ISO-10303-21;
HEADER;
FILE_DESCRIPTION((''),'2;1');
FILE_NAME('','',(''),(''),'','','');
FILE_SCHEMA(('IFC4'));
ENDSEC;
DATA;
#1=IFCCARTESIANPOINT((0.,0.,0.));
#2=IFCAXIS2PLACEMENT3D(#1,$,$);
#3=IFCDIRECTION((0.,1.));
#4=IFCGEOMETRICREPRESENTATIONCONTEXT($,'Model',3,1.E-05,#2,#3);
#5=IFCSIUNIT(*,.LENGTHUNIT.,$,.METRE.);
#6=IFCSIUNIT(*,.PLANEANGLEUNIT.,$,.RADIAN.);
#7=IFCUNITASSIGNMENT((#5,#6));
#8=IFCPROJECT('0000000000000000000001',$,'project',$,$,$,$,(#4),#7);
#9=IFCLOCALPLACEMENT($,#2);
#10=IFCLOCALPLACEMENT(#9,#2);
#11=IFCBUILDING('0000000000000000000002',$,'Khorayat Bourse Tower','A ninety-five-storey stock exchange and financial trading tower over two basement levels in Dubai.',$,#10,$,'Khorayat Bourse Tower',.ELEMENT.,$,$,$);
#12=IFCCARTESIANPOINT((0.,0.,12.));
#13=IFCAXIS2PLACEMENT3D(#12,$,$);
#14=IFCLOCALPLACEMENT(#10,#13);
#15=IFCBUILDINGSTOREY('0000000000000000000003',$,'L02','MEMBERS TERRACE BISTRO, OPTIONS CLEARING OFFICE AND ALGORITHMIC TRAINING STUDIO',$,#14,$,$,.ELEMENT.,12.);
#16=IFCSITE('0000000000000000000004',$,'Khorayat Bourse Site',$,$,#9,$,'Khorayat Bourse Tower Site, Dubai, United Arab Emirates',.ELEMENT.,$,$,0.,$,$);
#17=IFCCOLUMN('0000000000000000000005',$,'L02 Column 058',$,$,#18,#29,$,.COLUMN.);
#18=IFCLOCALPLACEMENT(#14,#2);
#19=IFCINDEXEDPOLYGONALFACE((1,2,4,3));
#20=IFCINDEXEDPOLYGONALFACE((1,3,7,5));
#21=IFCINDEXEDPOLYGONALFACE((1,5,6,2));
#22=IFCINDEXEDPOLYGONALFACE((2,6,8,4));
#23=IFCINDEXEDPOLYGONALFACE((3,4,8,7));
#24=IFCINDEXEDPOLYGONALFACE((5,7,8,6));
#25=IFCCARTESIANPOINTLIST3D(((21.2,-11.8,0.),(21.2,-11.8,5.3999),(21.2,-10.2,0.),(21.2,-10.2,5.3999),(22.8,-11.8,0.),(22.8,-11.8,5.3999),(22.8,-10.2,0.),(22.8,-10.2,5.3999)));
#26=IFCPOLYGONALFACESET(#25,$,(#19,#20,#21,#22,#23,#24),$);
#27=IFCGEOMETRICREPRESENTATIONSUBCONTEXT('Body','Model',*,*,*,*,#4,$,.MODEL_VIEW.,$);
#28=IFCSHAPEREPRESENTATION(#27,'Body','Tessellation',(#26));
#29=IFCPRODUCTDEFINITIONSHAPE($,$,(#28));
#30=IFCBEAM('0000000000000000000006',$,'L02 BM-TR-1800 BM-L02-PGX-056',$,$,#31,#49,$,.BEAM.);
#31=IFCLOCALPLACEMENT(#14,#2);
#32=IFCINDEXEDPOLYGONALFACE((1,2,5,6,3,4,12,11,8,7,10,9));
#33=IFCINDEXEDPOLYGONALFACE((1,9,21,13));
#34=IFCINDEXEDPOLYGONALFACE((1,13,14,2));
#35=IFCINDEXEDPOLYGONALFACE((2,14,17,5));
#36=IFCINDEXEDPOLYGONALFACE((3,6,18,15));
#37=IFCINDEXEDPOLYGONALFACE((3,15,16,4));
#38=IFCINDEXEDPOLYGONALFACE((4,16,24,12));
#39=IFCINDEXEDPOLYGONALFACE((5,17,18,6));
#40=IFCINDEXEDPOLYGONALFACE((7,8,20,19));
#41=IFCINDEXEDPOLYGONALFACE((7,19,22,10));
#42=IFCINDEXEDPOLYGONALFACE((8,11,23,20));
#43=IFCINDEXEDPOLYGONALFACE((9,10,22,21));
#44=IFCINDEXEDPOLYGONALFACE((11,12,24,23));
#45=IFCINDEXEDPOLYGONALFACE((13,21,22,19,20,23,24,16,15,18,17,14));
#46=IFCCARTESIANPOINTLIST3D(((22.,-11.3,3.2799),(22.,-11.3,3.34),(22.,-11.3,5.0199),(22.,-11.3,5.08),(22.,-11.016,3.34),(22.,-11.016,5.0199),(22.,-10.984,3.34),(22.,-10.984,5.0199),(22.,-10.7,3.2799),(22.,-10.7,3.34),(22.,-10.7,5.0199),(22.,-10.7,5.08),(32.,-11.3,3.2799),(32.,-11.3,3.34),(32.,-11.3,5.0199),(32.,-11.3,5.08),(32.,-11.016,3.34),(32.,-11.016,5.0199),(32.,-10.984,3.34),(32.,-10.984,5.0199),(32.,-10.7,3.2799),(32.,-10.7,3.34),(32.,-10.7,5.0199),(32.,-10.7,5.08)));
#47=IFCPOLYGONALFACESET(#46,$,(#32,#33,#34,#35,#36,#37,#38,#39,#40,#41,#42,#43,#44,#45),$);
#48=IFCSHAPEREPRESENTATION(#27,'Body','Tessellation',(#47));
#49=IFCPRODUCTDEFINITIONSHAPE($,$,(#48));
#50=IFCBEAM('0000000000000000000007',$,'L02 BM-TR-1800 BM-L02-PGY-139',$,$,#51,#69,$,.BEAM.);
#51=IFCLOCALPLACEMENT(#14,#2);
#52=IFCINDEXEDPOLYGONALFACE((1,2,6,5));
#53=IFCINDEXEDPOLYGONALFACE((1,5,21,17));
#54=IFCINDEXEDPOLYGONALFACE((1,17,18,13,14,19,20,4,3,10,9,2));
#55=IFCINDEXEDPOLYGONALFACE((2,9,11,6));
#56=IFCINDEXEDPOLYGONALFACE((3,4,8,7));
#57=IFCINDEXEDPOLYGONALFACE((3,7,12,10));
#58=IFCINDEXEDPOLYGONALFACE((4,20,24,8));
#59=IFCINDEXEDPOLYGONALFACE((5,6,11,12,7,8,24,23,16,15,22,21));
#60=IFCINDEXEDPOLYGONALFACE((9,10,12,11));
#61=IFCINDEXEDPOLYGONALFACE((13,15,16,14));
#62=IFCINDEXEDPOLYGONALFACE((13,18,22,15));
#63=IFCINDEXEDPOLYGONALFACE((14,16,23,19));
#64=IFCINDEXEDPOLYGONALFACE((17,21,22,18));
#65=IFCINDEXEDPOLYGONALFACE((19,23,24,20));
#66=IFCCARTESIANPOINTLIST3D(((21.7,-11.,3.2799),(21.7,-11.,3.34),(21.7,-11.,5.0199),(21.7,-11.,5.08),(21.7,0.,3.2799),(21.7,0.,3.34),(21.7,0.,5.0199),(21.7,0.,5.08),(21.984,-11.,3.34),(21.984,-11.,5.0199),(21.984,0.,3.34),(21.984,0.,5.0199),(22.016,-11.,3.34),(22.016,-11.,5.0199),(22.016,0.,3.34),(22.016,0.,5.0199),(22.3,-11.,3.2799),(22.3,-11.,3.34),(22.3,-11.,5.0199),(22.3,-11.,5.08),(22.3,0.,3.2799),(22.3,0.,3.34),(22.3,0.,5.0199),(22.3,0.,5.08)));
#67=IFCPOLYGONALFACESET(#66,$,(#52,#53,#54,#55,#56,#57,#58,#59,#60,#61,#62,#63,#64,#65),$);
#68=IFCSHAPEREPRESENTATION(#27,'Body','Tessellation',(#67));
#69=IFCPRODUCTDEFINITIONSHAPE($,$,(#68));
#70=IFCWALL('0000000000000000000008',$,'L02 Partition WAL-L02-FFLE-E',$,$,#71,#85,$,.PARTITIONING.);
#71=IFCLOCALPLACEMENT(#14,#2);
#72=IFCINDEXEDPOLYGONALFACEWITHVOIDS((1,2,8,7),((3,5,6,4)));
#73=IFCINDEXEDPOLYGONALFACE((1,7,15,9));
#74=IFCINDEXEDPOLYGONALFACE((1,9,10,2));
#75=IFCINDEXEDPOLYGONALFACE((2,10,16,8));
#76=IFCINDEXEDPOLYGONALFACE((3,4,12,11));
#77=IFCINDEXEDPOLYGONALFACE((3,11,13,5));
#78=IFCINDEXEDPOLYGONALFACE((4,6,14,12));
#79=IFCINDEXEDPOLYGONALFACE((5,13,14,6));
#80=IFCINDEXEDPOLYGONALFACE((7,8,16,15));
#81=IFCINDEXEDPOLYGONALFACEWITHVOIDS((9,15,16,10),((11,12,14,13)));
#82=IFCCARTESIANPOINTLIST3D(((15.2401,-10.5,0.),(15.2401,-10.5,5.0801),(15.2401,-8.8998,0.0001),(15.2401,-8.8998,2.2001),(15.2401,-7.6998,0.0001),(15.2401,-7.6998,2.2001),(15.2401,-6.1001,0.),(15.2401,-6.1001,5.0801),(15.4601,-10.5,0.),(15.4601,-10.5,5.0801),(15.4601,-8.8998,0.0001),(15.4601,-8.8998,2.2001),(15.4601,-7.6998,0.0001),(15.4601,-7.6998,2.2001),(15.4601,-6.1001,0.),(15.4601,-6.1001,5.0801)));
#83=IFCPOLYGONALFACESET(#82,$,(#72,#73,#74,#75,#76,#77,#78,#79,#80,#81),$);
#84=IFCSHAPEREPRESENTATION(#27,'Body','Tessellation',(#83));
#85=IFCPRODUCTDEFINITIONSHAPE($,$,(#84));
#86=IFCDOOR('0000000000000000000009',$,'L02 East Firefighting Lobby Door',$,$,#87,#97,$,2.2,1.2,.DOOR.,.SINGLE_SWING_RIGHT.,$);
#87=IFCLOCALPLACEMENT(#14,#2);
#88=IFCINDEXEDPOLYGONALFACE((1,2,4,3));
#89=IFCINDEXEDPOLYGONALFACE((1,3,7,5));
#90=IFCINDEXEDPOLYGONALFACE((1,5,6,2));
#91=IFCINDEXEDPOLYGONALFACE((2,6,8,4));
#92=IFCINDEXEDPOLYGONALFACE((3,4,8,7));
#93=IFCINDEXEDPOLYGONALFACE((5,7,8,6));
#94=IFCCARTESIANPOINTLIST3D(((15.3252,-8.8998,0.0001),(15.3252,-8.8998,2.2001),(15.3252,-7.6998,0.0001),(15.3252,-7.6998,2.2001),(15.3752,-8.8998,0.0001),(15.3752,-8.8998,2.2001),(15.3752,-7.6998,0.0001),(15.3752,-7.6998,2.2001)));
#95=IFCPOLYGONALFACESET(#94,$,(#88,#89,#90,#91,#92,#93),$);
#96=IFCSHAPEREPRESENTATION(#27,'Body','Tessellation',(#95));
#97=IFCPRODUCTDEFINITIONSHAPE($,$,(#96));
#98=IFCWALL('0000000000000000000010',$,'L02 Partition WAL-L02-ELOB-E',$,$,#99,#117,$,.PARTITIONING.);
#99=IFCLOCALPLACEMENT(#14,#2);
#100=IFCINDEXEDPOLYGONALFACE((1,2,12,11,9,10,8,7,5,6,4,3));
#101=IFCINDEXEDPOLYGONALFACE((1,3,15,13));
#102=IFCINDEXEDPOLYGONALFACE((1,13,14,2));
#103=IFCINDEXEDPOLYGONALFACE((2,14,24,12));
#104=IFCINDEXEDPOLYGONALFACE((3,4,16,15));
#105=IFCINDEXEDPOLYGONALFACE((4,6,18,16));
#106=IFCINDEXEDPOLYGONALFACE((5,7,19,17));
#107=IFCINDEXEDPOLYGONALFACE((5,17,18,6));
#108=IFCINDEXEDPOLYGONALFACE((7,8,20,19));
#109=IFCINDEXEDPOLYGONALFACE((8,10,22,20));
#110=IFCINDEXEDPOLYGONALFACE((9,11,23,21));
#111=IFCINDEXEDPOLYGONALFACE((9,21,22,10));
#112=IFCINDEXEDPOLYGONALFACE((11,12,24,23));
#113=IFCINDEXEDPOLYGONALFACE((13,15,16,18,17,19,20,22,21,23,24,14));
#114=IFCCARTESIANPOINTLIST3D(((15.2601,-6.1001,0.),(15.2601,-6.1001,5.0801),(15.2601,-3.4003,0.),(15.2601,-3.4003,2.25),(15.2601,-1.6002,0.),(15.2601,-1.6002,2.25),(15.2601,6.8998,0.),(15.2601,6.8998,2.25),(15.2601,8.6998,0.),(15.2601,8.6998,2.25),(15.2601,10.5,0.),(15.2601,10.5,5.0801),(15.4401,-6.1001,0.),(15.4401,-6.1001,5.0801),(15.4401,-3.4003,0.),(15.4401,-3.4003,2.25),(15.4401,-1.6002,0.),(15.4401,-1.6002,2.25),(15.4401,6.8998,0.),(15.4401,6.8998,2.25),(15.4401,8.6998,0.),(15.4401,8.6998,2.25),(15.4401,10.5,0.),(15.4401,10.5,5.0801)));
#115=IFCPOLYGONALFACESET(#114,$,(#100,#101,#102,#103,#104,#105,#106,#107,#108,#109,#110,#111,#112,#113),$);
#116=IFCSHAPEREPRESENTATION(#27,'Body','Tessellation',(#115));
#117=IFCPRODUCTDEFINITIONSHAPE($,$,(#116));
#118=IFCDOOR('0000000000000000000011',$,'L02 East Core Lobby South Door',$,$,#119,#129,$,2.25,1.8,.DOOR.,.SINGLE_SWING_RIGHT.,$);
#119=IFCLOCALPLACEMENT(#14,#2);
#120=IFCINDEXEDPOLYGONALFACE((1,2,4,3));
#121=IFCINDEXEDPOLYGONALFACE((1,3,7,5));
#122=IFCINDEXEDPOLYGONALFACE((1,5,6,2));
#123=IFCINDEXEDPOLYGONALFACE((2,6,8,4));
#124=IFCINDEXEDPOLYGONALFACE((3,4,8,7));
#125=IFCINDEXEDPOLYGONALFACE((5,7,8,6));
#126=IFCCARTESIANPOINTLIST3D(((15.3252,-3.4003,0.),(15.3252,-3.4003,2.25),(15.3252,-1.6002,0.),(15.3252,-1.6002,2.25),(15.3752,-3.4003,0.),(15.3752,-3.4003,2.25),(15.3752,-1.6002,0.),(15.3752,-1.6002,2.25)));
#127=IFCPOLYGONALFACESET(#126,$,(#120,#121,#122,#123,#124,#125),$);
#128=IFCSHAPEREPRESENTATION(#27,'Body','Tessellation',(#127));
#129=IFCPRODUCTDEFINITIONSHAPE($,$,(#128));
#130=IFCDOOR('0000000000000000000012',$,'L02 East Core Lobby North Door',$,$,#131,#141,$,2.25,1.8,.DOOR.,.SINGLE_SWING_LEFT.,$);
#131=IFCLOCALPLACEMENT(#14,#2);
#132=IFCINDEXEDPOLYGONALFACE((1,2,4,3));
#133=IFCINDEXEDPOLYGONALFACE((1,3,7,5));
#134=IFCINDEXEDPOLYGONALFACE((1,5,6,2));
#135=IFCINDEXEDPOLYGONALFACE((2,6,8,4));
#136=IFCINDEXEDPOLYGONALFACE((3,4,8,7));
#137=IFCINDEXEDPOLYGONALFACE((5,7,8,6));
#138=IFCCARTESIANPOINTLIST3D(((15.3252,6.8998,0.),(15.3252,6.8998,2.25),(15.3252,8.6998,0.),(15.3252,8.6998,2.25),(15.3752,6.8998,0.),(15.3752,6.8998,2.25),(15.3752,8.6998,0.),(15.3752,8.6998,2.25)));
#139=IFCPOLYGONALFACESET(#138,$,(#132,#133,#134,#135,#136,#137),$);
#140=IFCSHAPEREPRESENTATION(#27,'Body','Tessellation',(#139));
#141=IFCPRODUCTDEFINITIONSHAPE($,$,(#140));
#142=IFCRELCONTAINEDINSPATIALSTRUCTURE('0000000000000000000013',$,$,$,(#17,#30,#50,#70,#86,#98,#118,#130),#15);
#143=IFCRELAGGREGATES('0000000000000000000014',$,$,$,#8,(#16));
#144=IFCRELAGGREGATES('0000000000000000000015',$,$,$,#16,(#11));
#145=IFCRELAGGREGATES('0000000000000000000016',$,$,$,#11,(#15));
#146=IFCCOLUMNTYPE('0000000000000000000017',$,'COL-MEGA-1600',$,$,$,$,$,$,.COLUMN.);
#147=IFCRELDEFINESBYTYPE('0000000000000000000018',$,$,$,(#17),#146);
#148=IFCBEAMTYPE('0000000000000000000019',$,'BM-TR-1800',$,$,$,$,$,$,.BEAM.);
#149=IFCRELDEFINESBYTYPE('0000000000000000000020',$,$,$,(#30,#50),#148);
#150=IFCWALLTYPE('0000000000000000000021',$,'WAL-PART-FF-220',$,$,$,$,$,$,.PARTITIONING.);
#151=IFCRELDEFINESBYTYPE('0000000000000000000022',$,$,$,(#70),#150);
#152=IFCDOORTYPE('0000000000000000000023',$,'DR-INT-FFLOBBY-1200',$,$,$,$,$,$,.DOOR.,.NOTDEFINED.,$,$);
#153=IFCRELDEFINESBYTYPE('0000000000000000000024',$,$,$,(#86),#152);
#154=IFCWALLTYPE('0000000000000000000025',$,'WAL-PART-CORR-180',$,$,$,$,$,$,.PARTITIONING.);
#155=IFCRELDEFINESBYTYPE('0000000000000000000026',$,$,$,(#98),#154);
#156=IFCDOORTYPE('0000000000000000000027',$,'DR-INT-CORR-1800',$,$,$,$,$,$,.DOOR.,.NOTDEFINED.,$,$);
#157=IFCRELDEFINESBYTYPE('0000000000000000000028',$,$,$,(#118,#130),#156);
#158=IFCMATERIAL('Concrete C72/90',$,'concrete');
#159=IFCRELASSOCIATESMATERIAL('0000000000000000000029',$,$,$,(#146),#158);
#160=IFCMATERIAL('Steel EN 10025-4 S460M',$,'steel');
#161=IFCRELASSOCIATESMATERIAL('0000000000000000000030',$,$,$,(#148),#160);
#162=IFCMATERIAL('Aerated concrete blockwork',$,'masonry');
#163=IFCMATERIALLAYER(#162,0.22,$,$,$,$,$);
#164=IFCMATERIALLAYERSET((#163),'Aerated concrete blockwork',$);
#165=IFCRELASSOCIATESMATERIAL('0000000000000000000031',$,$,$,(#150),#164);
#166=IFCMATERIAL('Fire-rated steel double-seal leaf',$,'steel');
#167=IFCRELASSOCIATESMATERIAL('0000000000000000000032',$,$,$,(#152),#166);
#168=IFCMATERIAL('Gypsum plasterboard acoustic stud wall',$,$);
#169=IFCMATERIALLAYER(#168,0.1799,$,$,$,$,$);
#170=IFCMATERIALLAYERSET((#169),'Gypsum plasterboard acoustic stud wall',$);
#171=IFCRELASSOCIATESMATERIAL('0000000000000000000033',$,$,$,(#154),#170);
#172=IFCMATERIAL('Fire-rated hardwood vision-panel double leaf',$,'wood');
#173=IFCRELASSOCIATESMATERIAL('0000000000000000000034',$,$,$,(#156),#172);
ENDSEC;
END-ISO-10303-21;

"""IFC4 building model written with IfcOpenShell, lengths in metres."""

from ifc_helpers import new_model, si_unit, direction, frame, frame_2d, origin, origin_2d, place, context, subcontext, project, spatial, rectangle, i_section, extrude, source, transform, mapped, material, layer, layer_set, material_profile, profile_set, type_object, element, fill, save


model = new_model("IFC4")

# Units and contexts
model_context = context("Model", 3, precision=1e-05, world=origin(), true_north=direction((0.0, 1.0)))
body_context = subcontext(model_context, "Body", "Model", "MODEL_VIEW")
ifc_project = project(units=[si_unit("LENGTHUNIT", "METRE"), si_unit("PLANEANGLEUNIT", "RADIAN")], contexts=[model_context])

# Site, building, storey
site_placement = place(None, origin())
site = spatial("IfcSite", under=ifc_project, at=site_placement, Name="Khorayat Bourse Site", LongName="Khorayat Bourse Tower Site, Dubai, United Arab Emirates", CompositionType="ELEMENT", RefElevation=0.0)
building_placement = place(site_placement, origin())
building = spatial("IfcBuilding", under=site, at=building_placement, Name="Khorayat Bourse Tower", Description="A ninety-five-storey stock exchange and financial trading tower over two basement levels in Dubai.", LongName="Khorayat Bourse Tower", CompositionType="ELEMENT")
storey_placement = place(building_placement, frame((0.0, 0.0, 12.0)))
storey = spatial("IfcBuildingStorey", under=building, at=storey_placement, Name="L02", Description="MEMBERS TERRACE BISTRO, OPTIONS CLEARING OFFICE AND ALGORITHMIC TRAINING STUDIO", CompositionType="ELEMENT", Elevation=12.0)

# Column
ifc_material_1 = material(Name="Concrete C72/90", Category="concrete")
ifc_material_profile_1 = material_profile(ifc_material_1, rectangle(XDim=1.6001, YDim=1.6001, at=origin_2d()), Name="RC 1600x1600")
ifc_profile_set_1 = profile_set([ifc_material_profile_1], Name="Concrete C72/90")
column_type = type_object("IfcColumnType", Name="COL-MEGA-1600", PredefinedType="COLUMN", material=ifc_profile_set_1)
shared_shape_1 = source(origin(), body_context, "Body", "SweptSolid", [
    extrude(rectangle(XDim=1.6001, YDim=1.6001, at=origin_2d()), origin(), (0.0, 0.0, 1.0), 5.3999),
])
column_placement = place(storey_placement, frame((22.0, -11.0, 0.0), z_axis=(0.0, 0.0, 1.0), x_axis=(1.0, 0.0, 0.0)))
element("IfcColumn", 1, at=column_placement, inside=storey, type_object=column_type, Name="L02 Column 058", PredefinedType="COLUMN", context=body_context, shape_type="MappedRepresentation", body=[
    mapped(shared_shape_1, transform((0.0, 0.0, 0.0), scale=1.0)),
])

# Beams
ifc_material_2 = material(Name="Steel EN 10025-4 S460M", Category="steel")
ifc_material_profile_2 = material_profile(ifc_material_2, i_section(OverallWidth=0.6001, OverallDepth=1.8, WebThickness=0.032, FlangeThickness=0.0601, at=origin_2d()), Name="PG 1800x600x32x60")
ifc_profile_set_2 = profile_set([ifc_material_profile_2], Name="Steel EN 10025-4 S460M")
beam_type = type_object("IfcBeamType", Name="BM-TR-1800", PredefinedType="BEAM", material=ifc_profile_set_2)
shared_shape_2 = source(origin(), body_context, "Body", "SweptSolid", [
    extrude(i_section(OverallWidth=0.6001, OverallDepth=1.8, WebThickness=0.032, FlangeThickness=0.0601, at=origin_2d()), origin(), (0.0, 0.0, 1.0), 10.0),
])
beam_1_placement = place(storey_placement, frame((22.0, -11.0, 4.1799), z_axis=(1.0, 0.0, 0.0), x_axis=(0.0, 1.0, 0.0)))
element("IfcBeam", 2, at=beam_1_placement, inside=storey, type_object=beam_type, Name="L02 BM-TR-1800 BM-L02-PGX-056", PredefinedType="BEAM", context=body_context, shape_type="MappedRepresentation", body=[
    mapped(shared_shape_2, transform((0.0, 0.0, 0.0), scale=1.0)),
])
shared_shape_3 = source(origin(), body_context, "Body", "SweptSolid", [
    extrude(i_section(OverallWidth=0.6001, OverallDepth=1.8, WebThickness=0.032, FlangeThickness=0.0601, at=origin_2d()), origin(), (0.0, 0.0, 1.0), 11.0),
])
beam_2_placement = place(storey_placement, frame((22.0, -11.0, 4.1799), z_axis=(0.0, 1.0, 0.0), x_axis=(-1.0, 0.0, 0.0)))
element("IfcBeam", 3, at=beam_2_placement, inside=storey, type_object=beam_type, Name="L02 BM-TR-1800 BM-L02-PGY-139", PredefinedType="BEAM", context=body_context, shape_type="MappedRepresentation", body=[
    mapped(shared_shape_3, transform((0.0, 0.0, 0.0), scale=1.0)),
])

# Wall, opening, door
ifc_material_3 = material(Name="Aerated concrete blockwork", Category="masonry")
ifc_layer_1 = layer(ifc_material_3, 0.22)
ifc_layer_set_1 = layer_set([ifc_layer_1], Name="Aerated concrete blockwork")
wall_type_1 = type_object("IfcWallType", Name="WAL-PART-FF-220", PredefinedType="PARTITIONING", material=ifc_layer_set_1)
shared_shape_4 = source(origin(), body_context, "Body", "SweptSolid", [
    extrude(rectangle(XDim=4.3999, YDim=0.22, at=frame_2d((2.2, 0.0))), origin(), (0.0, 0.0, 1.0), 5.0801),
])
wall_1_placement = place(storey_placement, frame((15.3501, -10.5, 0.0), z_axis=(0.0, 0.0, 1.0), x_axis=(0.0, 1.0, 0.0)))
wall_1 = element("IfcWall", 4, at=wall_1_placement, inside=storey, type_object=wall_type_1, Name="L02 Partition WAL-L02-FFLE-E", PredefinedType="PARTITIONING", context=body_context, shape_type="MappedRepresentation", body=[
    mapped(shared_shape_4, transform((0.0, 0.0, 0.0), scale=1.0)),
])
shared_shape_5 = source(origin(), body_context, "Body", "SweptSolid", [
    extrude(rectangle(XDim=1.2, YDim=2.2, at=frame_2d((0.6001, 1.1001))), frame((0.0, 0.1199, 0.0), z_axis=(0.0, -1.0, 0.0), x_axis=(1.0, 0.0, 0.0)), (0.0, 0.0, 1.0), 0.24),
])
opening_1_placement = place(wall_1_placement, frame((1.6001, 0.0, 0.0)))
opening_1 = element("IfcOpeningElement", 5, at=opening_1_placement, cuts=wall_1, PredefinedType="OPENING", context=body_context, shape_type="MappedRepresentation", body=[
    mapped(shared_shape_5, transform((0.0, 0.0, 0.0), scale=1.0)),
])
ifc_material_4 = material(Name="Fire-rated steel double-seal leaf", Category="steel")
door_type_1 = type_object("IfcDoorType", Name="DR-INT-FFLOBBY-1200", OperationType="NOTDEFINED", PredefinedType="DOOR", material=ifc_material_4)
shared_shape_6 = source(origin(), body_context, "Body", "SweptSolid", [
    extrude(rectangle(XDim=1.2, YDim=2.2, at=frame_2d((0.6001, 1.1001))), frame((0.0, 0.0249, 0.0), z_axis=(0.0, -1.0, 0.0), x_axis=(1.0, 0.0, 0.0)), (0.0, 0.0, 1.0), 0.05),
])
door_1_placement = place(opening_1_placement, origin())
door_1 = element("IfcDoor", 6, at=door_1_placement, inside=storey, type_object=door_type_1, Name="L02 East Firefighting Lobby Door", OperationType="SINGLE_SWING_RIGHT", OverallHeight=2.2, OverallWidth=1.2, PredefinedType="DOOR", context=body_context, shape_type="MappedRepresentation", body=[
    mapped(shared_shape_6, transform((0.0, 0.0, 0.0), scale=1.0)),
])
fill(opening_1, door_1)

# Wall, openings, doors
ifc_material_5 = material(Name="Gypsum plasterboard acoustic stud wall")
ifc_layer_2 = layer(ifc_material_5, 0.1799)
ifc_layer_set_2 = layer_set([ifc_layer_2], Name="Gypsum plasterboard acoustic stud wall")
wall_type_2 = type_object("IfcWallType", Name="WAL-PART-CORR-180", PredefinedType="PARTITIONING", material=ifc_layer_set_2)
shared_shape_7 = source(origin(), body_context, "Body", "SweptSolid", [
    extrude(rectangle(XDim=16.6001, YDim=0.1799, at=frame_2d((8.3, 0.0))), origin(), (0.0, 0.0, 1.0), 5.0801),
])
wall_2_placement = place(storey_placement, frame((15.3501, -6.1001, 0.0), z_axis=(0.0, 0.0, 1.0), x_axis=(0.0, 1.0, 0.0)))
wall_2 = element("IfcWall", 7, at=wall_2_placement, inside=storey, type_object=wall_type_2, Name="L02 Partition WAL-L02-ELOB-E", PredefinedType="PARTITIONING", context=body_context, shape_type="MappedRepresentation", body=[
    mapped(shared_shape_7, transform((0.0, 0.0, 0.0), scale=1.0)),
])
shared_shape_8 = source(origin(), body_context, "Body", "SweptSolid", [
    extrude(rectangle(XDim=1.8, YDim=2.25, at=frame_2d((0.8999, 1.125))), frame((0.0, 0.0999, 0.0), z_axis=(0.0, -1.0, 0.0), x_axis=(1.0, 0.0, 0.0)), (0.0, 0.0, 1.0), 0.2),
])
opening_2_placement = place(wall_2_placement, frame((2.7, 0.0, 0.0)))
opening_2 = element("IfcOpeningElement", 8, at=opening_2_placement, cuts=wall_2, PredefinedType="OPENING", context=body_context, shape_type="MappedRepresentation", body=[
    mapped(shared_shape_8, transform((0.0, 0.0, 0.0), scale=1.0)),
])
opening_3_placement = place(wall_2_placement, frame((13.0, 0.0, 0.0)))
opening_3 = element("IfcOpeningElement", 9, at=opening_3_placement, cuts=wall_2, PredefinedType="OPENING", context=body_context, shape_type="MappedRepresentation", body=[
    mapped(shared_shape_8, transform((0.0, 0.0, 0.0), scale=1.0)),
])
ifc_material_6 = material(Name="Fire-rated hardwood vision-panel double leaf", Category="wood")
door_type_2 = type_object("IfcDoorType", Name="DR-INT-CORR-1800", OperationType="NOTDEFINED", PredefinedType="DOOR", material=ifc_material_6)
shared_shape_9 = source(origin(), body_context, "Body", "SweptSolid", [
    extrude(rectangle(XDim=1.8, YDim=2.25, at=frame_2d((0.8999, 1.125))), frame((0.0, 0.0249, 0.0), z_axis=(0.0, -1.0, 0.0), x_axis=(1.0, 0.0, 0.0)), (0.0, 0.0, 1.0), 0.05),
])
door_2_placement = place(opening_2_placement, origin())
door_2 = element("IfcDoor", 10, at=door_2_placement, inside=storey, type_object=door_type_2, Name="L02 East Core Lobby South Door", OperationType="SINGLE_SWING_RIGHT", OverallHeight=2.25, OverallWidth=1.8, PredefinedType="DOOR", context=body_context, shape_type="MappedRepresentation", body=[
    mapped(shared_shape_9, transform((0.0, 0.0, 0.0), scale=1.0)),
])
fill(opening_2, door_2)
door_3_placement = place(opening_3_placement, origin())
door_3 = element("IfcDoor", 11, at=door_3_placement, inside=storey, type_object=door_type_2, Name="L02 East Core Lobby North Door", OperationType="SINGLE_SWING_LEFT", OverallHeight=2.25, OverallWidth=1.8, PredefinedType="DOOR", context=body_context, shape_type="MappedRepresentation", body=[
    mapped(shared_shape_9, transform((0.0, 0.0, 0.0), scale=1.0)),
])
fill(opening_3, door_3)

save(model, "model.ifc")
